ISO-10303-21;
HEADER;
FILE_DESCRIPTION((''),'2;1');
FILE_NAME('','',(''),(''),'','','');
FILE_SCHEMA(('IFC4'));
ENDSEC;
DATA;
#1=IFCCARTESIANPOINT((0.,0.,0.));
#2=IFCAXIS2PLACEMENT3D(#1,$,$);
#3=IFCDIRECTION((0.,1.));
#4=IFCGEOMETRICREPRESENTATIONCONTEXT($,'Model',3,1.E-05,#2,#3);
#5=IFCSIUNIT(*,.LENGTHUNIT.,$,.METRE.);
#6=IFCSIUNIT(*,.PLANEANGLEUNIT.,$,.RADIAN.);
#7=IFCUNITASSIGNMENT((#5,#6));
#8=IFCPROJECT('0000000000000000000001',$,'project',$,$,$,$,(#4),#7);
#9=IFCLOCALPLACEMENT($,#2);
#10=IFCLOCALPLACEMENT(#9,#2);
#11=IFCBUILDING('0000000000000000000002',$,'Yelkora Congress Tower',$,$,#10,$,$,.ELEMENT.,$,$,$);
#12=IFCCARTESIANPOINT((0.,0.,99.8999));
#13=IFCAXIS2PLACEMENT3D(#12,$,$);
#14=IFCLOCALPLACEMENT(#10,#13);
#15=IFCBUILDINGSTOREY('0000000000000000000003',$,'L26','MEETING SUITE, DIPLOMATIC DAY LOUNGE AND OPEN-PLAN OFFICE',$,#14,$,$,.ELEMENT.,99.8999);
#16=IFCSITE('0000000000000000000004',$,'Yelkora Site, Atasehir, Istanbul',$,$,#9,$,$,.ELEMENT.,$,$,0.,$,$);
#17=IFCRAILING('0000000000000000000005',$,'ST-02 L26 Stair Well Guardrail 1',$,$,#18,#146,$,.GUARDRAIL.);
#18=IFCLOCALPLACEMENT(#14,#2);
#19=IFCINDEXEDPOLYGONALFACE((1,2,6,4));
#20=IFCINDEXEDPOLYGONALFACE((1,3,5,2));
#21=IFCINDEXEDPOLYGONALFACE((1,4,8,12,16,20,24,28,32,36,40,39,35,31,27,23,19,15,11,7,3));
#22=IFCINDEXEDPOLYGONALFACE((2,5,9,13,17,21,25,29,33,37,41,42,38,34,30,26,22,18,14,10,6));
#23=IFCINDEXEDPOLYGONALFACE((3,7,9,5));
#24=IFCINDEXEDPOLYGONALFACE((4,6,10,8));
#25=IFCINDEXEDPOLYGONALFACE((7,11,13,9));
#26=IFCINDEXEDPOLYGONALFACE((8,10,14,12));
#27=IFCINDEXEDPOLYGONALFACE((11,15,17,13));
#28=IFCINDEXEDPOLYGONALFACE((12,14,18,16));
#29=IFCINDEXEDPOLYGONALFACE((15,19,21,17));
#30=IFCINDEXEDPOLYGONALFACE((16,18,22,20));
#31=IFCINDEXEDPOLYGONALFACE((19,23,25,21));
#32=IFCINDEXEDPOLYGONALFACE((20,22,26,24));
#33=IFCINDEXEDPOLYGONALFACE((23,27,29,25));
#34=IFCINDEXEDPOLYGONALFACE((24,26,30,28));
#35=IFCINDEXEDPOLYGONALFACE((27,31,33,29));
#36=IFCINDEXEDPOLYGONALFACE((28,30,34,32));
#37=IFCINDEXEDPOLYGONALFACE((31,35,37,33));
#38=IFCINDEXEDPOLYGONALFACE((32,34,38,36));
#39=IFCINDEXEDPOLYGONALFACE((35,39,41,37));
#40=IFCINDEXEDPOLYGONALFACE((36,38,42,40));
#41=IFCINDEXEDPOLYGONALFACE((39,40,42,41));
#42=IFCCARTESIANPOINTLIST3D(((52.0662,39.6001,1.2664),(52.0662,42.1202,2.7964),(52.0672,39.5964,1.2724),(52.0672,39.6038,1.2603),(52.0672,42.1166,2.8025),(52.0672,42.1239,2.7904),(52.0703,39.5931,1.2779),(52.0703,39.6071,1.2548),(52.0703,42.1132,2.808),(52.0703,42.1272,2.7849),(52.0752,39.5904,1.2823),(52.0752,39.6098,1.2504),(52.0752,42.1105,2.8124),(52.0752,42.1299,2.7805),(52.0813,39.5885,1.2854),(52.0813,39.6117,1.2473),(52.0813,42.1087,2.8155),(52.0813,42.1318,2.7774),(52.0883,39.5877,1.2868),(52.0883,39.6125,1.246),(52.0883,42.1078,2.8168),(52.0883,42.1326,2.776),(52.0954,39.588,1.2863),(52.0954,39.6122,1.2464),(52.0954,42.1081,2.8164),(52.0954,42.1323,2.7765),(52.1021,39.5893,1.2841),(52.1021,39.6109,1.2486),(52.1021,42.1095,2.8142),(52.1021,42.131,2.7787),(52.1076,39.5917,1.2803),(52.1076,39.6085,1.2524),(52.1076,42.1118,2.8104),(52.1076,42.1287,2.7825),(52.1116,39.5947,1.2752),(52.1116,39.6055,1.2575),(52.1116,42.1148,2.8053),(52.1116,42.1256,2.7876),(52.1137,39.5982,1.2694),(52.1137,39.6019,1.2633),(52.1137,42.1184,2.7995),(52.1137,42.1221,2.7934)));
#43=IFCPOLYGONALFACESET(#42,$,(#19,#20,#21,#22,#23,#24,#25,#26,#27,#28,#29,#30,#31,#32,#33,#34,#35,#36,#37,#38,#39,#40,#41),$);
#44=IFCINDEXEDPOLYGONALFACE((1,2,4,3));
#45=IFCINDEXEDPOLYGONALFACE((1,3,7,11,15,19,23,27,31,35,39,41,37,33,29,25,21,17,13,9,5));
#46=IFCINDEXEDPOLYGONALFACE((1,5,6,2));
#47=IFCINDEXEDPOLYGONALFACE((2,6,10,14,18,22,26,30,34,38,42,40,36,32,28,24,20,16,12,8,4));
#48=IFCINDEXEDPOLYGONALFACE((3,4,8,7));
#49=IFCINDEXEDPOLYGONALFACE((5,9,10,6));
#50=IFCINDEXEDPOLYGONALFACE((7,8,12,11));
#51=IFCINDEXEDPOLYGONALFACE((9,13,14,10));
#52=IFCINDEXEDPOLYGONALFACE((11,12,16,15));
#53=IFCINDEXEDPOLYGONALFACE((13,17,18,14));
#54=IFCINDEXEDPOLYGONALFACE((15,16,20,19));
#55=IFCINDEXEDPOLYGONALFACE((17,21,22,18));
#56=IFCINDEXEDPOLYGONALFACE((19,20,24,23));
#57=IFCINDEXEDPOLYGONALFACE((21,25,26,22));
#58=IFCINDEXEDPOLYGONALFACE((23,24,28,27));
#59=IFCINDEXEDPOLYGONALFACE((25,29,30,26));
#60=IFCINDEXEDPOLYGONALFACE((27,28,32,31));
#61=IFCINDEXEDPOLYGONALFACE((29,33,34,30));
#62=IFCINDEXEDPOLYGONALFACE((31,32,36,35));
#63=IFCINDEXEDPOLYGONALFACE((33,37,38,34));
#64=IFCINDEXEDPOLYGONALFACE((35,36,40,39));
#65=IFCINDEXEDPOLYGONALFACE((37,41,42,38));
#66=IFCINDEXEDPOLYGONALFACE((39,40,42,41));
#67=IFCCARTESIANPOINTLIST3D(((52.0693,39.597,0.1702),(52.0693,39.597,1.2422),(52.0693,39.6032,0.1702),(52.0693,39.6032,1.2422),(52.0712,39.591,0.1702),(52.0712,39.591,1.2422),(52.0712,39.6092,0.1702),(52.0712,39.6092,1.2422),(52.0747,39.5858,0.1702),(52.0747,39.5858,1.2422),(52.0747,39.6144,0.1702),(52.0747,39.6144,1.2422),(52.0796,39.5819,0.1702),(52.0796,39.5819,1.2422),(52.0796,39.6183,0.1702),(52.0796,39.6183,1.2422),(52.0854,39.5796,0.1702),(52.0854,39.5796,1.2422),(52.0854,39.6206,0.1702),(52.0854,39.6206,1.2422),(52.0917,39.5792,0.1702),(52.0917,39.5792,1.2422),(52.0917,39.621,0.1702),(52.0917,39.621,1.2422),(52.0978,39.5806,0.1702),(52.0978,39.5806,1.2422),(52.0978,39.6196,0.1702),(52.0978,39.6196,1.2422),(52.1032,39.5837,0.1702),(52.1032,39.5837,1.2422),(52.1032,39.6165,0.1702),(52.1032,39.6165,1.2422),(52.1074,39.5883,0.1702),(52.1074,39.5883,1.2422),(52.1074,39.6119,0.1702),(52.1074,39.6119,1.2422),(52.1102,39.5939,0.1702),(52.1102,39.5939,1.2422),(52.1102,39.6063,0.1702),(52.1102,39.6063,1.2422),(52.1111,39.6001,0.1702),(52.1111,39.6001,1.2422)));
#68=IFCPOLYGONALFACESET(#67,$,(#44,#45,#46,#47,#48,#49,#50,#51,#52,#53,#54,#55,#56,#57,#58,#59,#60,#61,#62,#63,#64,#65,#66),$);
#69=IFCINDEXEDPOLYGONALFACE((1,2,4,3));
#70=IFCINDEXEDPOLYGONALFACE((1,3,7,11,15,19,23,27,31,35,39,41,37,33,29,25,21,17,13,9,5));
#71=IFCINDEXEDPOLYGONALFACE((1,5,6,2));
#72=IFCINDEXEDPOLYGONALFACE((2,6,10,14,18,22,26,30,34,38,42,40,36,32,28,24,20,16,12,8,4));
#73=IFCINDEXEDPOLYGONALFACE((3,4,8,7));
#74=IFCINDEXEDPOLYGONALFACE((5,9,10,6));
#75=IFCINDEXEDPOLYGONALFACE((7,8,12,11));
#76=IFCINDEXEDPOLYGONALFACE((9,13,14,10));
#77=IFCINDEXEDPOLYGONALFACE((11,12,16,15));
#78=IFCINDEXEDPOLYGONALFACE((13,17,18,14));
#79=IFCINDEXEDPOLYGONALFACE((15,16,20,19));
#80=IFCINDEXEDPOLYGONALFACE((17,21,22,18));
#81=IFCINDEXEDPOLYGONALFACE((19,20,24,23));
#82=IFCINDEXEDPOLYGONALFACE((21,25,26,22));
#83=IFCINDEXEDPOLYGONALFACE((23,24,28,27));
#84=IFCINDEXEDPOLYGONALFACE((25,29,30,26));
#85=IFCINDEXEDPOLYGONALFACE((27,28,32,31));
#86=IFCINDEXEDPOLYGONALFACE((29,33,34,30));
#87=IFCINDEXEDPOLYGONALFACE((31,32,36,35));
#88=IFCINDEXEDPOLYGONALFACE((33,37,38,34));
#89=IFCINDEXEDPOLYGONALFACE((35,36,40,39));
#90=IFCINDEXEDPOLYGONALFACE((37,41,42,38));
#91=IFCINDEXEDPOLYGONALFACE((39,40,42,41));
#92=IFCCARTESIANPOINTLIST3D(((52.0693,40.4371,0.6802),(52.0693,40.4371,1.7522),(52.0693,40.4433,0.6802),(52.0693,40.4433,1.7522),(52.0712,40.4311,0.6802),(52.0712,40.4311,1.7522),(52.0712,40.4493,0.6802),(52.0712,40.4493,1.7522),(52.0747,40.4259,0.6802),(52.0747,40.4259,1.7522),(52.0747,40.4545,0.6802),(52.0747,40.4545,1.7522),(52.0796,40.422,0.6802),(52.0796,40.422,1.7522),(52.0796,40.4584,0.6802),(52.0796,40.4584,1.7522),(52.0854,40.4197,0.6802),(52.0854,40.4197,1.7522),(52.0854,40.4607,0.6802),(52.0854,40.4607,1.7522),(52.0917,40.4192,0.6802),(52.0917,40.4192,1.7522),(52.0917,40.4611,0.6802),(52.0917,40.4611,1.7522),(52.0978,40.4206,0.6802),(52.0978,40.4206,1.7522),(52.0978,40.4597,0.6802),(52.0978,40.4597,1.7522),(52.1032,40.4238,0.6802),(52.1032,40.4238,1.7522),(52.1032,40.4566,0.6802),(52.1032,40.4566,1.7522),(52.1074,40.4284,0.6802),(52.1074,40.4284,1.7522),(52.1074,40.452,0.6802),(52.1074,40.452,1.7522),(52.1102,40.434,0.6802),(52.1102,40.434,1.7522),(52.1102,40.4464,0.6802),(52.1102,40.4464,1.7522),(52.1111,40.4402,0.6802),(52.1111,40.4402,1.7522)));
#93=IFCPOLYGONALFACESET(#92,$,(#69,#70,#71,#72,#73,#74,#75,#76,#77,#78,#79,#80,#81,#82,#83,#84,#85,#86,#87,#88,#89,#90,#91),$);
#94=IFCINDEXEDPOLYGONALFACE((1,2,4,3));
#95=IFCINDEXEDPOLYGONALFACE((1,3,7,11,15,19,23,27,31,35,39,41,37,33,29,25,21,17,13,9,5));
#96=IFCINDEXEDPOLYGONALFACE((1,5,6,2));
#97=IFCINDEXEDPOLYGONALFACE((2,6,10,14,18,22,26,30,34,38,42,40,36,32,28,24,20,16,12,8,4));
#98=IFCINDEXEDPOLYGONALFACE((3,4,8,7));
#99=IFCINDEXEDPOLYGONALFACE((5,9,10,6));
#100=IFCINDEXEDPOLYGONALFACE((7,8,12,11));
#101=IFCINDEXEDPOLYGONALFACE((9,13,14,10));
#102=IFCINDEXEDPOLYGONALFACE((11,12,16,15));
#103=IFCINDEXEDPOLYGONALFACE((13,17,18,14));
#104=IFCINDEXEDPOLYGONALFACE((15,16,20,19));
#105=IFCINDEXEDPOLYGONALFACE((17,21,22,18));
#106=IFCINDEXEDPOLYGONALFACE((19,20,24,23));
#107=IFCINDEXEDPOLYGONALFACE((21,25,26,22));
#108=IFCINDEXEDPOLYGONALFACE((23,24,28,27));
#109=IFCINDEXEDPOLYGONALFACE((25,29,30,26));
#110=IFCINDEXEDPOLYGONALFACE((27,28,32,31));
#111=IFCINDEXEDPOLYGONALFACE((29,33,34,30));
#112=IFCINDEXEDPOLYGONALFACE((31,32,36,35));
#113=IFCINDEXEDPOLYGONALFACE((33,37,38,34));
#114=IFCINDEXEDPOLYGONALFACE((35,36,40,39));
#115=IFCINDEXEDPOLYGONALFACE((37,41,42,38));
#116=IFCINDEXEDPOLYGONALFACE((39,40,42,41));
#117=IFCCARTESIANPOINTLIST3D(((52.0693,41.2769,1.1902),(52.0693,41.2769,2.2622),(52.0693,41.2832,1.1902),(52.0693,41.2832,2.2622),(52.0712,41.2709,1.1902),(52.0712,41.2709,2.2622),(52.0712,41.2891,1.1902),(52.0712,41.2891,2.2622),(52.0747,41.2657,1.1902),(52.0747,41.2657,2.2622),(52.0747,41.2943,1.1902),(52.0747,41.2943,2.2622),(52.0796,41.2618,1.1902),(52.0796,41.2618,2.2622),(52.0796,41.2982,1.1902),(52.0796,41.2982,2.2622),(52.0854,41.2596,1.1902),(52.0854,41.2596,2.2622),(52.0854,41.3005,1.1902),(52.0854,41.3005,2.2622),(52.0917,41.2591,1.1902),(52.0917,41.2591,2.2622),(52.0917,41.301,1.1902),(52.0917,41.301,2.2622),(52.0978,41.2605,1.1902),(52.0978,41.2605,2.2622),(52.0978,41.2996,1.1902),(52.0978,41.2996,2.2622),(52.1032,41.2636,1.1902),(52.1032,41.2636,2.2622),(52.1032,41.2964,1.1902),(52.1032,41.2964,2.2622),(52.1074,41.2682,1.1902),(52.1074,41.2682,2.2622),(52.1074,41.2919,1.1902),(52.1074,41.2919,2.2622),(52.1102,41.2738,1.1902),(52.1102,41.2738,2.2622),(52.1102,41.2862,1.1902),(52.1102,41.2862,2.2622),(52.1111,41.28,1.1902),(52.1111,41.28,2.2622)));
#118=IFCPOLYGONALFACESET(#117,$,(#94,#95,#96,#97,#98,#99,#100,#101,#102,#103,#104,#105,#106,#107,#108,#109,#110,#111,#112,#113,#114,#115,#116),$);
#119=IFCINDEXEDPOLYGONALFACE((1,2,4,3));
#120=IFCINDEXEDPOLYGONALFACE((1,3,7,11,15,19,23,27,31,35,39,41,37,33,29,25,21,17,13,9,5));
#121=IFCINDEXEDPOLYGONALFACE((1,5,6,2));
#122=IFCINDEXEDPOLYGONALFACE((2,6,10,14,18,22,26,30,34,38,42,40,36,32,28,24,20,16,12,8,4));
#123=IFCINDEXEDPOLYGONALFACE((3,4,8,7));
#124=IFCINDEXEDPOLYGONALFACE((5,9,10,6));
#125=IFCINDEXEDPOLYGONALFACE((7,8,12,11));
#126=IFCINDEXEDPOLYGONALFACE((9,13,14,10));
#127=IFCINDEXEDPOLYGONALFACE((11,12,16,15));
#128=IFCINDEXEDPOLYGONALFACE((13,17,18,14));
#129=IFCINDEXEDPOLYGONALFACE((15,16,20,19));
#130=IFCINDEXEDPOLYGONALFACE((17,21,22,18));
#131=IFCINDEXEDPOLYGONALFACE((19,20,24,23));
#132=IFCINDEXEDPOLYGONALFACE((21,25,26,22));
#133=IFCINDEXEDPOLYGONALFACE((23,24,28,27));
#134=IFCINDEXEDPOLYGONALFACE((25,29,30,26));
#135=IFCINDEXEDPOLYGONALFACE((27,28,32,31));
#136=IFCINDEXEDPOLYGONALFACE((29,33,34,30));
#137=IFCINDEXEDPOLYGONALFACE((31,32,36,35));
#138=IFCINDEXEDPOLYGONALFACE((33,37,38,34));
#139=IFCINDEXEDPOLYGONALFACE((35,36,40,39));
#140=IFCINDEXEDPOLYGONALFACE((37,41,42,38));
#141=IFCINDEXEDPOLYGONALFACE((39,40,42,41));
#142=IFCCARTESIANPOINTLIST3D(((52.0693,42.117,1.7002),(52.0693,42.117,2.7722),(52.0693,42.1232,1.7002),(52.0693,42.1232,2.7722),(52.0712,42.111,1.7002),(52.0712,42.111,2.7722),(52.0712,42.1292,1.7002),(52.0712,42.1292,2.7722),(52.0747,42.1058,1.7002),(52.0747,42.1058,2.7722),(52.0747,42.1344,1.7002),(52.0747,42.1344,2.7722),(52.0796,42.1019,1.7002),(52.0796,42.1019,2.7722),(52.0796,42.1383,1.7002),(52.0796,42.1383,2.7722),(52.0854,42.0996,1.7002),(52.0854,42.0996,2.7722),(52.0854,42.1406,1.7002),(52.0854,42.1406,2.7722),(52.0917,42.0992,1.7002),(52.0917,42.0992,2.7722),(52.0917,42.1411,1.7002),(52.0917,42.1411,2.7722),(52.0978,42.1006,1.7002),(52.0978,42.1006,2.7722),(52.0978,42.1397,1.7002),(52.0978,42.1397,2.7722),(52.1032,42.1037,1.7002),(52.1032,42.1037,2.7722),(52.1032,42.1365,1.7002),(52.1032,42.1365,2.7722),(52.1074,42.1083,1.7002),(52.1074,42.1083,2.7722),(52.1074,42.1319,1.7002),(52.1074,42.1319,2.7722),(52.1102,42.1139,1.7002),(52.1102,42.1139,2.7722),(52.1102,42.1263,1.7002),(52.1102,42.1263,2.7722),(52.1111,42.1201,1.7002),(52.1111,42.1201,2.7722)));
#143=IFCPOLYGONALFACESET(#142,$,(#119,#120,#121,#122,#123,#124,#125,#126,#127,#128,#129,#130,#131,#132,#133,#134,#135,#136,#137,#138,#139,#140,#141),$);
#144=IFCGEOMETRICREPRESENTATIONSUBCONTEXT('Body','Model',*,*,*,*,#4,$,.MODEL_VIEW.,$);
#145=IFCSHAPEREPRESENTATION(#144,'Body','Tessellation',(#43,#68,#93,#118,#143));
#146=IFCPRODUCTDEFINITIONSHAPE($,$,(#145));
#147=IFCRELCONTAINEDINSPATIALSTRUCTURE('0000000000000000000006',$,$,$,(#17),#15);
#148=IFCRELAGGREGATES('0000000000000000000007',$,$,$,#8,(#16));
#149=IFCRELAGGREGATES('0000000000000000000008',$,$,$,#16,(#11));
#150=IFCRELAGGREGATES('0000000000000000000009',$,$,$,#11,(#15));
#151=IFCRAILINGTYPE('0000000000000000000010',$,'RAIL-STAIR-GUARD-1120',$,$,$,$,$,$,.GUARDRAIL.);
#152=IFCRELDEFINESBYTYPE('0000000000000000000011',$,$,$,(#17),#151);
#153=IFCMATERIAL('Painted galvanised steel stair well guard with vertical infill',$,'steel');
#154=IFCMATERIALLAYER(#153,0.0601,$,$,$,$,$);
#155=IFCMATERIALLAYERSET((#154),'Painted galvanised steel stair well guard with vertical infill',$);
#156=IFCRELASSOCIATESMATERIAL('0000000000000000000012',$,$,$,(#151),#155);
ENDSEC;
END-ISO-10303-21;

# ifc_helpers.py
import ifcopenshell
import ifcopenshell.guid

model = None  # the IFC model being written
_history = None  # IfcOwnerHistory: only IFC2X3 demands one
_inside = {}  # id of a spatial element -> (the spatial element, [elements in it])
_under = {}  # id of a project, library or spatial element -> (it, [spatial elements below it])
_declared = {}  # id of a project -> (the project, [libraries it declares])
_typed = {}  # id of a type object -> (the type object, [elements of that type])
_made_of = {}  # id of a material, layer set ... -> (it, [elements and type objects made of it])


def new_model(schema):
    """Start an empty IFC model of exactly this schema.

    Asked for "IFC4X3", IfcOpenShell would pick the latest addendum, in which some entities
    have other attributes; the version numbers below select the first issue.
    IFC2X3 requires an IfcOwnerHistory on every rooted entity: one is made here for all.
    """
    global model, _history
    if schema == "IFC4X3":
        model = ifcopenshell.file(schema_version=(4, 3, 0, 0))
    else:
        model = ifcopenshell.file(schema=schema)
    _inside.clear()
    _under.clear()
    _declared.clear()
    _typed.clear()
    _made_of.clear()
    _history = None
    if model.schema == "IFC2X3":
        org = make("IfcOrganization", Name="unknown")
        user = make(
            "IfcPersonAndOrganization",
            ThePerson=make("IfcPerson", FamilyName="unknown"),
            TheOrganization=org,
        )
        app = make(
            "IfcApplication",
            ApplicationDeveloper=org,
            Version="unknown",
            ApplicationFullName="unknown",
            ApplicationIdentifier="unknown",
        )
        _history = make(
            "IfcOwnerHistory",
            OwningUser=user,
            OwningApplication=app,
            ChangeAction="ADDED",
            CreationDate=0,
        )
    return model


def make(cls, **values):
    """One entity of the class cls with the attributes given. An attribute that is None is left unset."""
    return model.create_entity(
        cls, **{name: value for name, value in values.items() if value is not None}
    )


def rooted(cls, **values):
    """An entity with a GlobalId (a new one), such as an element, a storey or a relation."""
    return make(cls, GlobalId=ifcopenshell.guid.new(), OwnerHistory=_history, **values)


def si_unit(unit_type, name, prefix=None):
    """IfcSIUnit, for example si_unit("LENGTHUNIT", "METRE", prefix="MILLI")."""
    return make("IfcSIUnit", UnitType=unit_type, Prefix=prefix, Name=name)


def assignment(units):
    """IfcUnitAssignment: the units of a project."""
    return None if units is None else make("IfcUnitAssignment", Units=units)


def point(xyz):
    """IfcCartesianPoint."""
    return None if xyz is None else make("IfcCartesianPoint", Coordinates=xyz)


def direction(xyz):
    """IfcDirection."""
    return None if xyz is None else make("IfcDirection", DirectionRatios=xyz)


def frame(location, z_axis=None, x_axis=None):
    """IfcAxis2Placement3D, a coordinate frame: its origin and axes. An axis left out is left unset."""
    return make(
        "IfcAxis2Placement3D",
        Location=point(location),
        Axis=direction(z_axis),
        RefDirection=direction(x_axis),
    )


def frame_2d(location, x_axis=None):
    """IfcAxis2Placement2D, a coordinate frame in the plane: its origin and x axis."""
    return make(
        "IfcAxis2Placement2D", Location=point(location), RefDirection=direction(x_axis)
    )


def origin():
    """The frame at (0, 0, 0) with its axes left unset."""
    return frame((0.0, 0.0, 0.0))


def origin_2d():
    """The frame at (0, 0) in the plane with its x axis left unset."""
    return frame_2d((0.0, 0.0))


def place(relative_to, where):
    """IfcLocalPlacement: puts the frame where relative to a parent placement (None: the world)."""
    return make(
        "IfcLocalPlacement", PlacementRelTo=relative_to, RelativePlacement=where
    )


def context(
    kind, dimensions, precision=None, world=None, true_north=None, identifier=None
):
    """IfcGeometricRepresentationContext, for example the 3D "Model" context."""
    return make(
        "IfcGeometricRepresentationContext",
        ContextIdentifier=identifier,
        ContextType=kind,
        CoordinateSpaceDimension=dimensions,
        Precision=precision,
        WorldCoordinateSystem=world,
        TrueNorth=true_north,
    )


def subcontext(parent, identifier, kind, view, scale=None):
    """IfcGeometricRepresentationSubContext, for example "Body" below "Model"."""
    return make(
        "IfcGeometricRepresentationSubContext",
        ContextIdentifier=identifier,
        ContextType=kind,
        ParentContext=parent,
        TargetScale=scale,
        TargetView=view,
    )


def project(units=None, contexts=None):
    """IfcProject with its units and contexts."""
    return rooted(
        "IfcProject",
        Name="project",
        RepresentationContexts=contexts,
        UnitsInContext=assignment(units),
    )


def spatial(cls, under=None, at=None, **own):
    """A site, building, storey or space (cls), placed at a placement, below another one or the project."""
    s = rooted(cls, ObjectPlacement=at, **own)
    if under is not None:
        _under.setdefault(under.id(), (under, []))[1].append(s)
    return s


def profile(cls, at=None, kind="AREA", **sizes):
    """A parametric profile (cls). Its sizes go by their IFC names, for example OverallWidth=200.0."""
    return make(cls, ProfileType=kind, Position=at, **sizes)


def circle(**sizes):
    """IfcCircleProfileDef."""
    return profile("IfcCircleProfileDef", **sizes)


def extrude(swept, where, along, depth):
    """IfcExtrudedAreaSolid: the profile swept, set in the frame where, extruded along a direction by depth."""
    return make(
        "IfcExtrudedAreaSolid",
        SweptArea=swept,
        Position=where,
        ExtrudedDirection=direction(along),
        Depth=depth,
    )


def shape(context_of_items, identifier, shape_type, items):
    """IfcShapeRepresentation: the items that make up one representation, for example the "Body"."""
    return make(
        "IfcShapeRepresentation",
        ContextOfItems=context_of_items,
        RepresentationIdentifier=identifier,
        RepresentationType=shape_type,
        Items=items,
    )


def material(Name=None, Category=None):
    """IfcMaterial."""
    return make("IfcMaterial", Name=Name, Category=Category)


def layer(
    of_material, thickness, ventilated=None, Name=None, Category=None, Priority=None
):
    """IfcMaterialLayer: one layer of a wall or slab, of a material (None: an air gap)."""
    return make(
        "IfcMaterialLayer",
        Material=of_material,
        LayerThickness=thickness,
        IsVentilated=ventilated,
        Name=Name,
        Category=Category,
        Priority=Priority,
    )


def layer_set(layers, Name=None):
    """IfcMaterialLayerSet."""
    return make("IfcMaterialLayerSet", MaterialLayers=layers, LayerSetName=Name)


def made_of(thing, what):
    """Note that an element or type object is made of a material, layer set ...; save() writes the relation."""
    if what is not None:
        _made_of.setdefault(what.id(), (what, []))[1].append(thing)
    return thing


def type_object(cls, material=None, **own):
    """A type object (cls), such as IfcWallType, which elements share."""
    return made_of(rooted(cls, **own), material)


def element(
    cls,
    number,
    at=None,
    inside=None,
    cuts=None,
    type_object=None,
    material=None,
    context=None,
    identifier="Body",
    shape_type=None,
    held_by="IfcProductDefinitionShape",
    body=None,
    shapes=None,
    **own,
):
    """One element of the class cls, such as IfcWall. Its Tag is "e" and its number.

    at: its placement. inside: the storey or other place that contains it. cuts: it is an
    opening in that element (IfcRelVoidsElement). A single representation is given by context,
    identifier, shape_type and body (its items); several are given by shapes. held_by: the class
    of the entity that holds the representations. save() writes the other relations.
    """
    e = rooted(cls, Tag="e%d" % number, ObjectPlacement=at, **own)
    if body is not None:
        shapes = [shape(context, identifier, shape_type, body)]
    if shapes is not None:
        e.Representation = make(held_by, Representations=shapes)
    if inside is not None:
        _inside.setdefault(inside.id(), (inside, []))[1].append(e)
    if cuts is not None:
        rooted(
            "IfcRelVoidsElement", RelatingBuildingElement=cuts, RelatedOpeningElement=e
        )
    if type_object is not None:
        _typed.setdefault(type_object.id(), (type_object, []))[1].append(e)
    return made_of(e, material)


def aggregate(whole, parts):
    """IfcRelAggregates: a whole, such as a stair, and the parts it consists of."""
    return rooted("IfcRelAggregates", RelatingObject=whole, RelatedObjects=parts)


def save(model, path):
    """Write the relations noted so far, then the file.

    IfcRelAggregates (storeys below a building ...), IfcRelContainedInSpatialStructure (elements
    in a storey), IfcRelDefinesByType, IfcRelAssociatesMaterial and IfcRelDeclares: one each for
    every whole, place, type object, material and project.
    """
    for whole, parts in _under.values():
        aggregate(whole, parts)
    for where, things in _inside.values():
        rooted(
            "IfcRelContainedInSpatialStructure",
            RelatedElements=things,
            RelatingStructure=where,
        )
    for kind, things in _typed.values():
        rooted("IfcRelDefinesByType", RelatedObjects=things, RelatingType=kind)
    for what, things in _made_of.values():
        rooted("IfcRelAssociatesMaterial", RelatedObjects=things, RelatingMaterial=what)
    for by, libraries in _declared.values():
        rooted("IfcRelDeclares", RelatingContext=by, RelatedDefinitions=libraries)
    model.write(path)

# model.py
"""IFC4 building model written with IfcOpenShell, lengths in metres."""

from ifc_helpers import new_model, si_unit, direction, frame, origin, origin_2d, place, context, subcontext, project, spatial, circle, extrude, material, layer, layer_set, type_object, element, save


model = new_model("IFC4")

# Units and contexts
model_context = context("Model", 3, precision=1e-05, world=origin(), true_north=direction((0.0, 1.0)))
body_context = subcontext(model_context, "Body", "Model", "MODEL_VIEW")
ifc_project = project(units=[si_unit("LENGTHUNIT", "METRE"), si_unit("PLANEANGLEUNIT", "RADIAN")], contexts=[model_context])

# Site, building, storey
site_placement = place(None, origin())
site = spatial("IfcSite", under=ifc_project, at=site_placement, Name="Yelkora Site, Atasehir, Istanbul", CompositionType="ELEMENT", RefElevation=0.0)
building_placement = place(site_placement, origin())
building = spatial("IfcBuilding", under=site, at=building_placement, Name="Yelkora Congress Tower", CompositionType="ELEMENT")
storey_placement = place(building_placement, frame((0.0, 0.0, 99.8999)))
storey = spatial("IfcBuildingStorey", under=building, at=storey_placement, Name="L26", Description="MEETING SUITE, DIPLOMATIC DAY LOUNGE AND OPEN-PLAN OFFICE", CompositionType="ELEMENT", Elevation=99.8999)

# Railing
ifc_material_1 = material(Name="Painted galvanised steel stair well guard with vertical infill", Category="steel")
ifc_layer_1 = layer(ifc_material_1, 0.0601)
ifc_layer_set_1 = layer_set([ifc_layer_1], Name="Painted galvanised steel stair well guard with vertical infill")
railing_type_1 = type_object("IfcRailingType", Name="RAIL-STAIR-GUARD-1120", PredefinedType="GUARDRAIL", material=ifc_layer_set_1)
railing_1_placement = place(storey_placement, frame((52.0901, 39.6001, 0.1702)))
element("IfcRailing", 1, at=railing_1_placement, inside=storey, type_object=railing_type_1, Name="ST-02 L26 Stair Well Guardrail 1", PredefinedType="GUARDRAIL", context=body_context, shape_type="SweptSolid", body=[
    extrude(circle(Radius=0.0239, at=origin_2d()), frame((0.0, 0.0, 1.0962), z_axis=(0.0, 0.854785, 0.518982), x_axis=(-1.0, 0.0, 0.0)), (0.0, 0.0, 1.0), 2.9482),
    extrude(circle(Radius=0.021, at=origin_2d()), origin(), (0.0, 0.0, 1.0), 1.072),
    extrude(circle(Radius=0.021, at=origin_2d()), frame((0.0, 0.8401, 0.51)), (0.0, 0.0, 1.0), 1.072),
    extrude(circle(Radius=0.021, at=origin_2d()), frame((0.0, 1.6799, 1.02)), (0.0, 0.0, 1.0), 1.072),
    extrude(circle(Radius=0.021, at=origin_2d()), frame((0.0, 2.52, 1.53)), (0.0, 0.0, 1.0), 1.072),
])

save(model, "model.ifc")
